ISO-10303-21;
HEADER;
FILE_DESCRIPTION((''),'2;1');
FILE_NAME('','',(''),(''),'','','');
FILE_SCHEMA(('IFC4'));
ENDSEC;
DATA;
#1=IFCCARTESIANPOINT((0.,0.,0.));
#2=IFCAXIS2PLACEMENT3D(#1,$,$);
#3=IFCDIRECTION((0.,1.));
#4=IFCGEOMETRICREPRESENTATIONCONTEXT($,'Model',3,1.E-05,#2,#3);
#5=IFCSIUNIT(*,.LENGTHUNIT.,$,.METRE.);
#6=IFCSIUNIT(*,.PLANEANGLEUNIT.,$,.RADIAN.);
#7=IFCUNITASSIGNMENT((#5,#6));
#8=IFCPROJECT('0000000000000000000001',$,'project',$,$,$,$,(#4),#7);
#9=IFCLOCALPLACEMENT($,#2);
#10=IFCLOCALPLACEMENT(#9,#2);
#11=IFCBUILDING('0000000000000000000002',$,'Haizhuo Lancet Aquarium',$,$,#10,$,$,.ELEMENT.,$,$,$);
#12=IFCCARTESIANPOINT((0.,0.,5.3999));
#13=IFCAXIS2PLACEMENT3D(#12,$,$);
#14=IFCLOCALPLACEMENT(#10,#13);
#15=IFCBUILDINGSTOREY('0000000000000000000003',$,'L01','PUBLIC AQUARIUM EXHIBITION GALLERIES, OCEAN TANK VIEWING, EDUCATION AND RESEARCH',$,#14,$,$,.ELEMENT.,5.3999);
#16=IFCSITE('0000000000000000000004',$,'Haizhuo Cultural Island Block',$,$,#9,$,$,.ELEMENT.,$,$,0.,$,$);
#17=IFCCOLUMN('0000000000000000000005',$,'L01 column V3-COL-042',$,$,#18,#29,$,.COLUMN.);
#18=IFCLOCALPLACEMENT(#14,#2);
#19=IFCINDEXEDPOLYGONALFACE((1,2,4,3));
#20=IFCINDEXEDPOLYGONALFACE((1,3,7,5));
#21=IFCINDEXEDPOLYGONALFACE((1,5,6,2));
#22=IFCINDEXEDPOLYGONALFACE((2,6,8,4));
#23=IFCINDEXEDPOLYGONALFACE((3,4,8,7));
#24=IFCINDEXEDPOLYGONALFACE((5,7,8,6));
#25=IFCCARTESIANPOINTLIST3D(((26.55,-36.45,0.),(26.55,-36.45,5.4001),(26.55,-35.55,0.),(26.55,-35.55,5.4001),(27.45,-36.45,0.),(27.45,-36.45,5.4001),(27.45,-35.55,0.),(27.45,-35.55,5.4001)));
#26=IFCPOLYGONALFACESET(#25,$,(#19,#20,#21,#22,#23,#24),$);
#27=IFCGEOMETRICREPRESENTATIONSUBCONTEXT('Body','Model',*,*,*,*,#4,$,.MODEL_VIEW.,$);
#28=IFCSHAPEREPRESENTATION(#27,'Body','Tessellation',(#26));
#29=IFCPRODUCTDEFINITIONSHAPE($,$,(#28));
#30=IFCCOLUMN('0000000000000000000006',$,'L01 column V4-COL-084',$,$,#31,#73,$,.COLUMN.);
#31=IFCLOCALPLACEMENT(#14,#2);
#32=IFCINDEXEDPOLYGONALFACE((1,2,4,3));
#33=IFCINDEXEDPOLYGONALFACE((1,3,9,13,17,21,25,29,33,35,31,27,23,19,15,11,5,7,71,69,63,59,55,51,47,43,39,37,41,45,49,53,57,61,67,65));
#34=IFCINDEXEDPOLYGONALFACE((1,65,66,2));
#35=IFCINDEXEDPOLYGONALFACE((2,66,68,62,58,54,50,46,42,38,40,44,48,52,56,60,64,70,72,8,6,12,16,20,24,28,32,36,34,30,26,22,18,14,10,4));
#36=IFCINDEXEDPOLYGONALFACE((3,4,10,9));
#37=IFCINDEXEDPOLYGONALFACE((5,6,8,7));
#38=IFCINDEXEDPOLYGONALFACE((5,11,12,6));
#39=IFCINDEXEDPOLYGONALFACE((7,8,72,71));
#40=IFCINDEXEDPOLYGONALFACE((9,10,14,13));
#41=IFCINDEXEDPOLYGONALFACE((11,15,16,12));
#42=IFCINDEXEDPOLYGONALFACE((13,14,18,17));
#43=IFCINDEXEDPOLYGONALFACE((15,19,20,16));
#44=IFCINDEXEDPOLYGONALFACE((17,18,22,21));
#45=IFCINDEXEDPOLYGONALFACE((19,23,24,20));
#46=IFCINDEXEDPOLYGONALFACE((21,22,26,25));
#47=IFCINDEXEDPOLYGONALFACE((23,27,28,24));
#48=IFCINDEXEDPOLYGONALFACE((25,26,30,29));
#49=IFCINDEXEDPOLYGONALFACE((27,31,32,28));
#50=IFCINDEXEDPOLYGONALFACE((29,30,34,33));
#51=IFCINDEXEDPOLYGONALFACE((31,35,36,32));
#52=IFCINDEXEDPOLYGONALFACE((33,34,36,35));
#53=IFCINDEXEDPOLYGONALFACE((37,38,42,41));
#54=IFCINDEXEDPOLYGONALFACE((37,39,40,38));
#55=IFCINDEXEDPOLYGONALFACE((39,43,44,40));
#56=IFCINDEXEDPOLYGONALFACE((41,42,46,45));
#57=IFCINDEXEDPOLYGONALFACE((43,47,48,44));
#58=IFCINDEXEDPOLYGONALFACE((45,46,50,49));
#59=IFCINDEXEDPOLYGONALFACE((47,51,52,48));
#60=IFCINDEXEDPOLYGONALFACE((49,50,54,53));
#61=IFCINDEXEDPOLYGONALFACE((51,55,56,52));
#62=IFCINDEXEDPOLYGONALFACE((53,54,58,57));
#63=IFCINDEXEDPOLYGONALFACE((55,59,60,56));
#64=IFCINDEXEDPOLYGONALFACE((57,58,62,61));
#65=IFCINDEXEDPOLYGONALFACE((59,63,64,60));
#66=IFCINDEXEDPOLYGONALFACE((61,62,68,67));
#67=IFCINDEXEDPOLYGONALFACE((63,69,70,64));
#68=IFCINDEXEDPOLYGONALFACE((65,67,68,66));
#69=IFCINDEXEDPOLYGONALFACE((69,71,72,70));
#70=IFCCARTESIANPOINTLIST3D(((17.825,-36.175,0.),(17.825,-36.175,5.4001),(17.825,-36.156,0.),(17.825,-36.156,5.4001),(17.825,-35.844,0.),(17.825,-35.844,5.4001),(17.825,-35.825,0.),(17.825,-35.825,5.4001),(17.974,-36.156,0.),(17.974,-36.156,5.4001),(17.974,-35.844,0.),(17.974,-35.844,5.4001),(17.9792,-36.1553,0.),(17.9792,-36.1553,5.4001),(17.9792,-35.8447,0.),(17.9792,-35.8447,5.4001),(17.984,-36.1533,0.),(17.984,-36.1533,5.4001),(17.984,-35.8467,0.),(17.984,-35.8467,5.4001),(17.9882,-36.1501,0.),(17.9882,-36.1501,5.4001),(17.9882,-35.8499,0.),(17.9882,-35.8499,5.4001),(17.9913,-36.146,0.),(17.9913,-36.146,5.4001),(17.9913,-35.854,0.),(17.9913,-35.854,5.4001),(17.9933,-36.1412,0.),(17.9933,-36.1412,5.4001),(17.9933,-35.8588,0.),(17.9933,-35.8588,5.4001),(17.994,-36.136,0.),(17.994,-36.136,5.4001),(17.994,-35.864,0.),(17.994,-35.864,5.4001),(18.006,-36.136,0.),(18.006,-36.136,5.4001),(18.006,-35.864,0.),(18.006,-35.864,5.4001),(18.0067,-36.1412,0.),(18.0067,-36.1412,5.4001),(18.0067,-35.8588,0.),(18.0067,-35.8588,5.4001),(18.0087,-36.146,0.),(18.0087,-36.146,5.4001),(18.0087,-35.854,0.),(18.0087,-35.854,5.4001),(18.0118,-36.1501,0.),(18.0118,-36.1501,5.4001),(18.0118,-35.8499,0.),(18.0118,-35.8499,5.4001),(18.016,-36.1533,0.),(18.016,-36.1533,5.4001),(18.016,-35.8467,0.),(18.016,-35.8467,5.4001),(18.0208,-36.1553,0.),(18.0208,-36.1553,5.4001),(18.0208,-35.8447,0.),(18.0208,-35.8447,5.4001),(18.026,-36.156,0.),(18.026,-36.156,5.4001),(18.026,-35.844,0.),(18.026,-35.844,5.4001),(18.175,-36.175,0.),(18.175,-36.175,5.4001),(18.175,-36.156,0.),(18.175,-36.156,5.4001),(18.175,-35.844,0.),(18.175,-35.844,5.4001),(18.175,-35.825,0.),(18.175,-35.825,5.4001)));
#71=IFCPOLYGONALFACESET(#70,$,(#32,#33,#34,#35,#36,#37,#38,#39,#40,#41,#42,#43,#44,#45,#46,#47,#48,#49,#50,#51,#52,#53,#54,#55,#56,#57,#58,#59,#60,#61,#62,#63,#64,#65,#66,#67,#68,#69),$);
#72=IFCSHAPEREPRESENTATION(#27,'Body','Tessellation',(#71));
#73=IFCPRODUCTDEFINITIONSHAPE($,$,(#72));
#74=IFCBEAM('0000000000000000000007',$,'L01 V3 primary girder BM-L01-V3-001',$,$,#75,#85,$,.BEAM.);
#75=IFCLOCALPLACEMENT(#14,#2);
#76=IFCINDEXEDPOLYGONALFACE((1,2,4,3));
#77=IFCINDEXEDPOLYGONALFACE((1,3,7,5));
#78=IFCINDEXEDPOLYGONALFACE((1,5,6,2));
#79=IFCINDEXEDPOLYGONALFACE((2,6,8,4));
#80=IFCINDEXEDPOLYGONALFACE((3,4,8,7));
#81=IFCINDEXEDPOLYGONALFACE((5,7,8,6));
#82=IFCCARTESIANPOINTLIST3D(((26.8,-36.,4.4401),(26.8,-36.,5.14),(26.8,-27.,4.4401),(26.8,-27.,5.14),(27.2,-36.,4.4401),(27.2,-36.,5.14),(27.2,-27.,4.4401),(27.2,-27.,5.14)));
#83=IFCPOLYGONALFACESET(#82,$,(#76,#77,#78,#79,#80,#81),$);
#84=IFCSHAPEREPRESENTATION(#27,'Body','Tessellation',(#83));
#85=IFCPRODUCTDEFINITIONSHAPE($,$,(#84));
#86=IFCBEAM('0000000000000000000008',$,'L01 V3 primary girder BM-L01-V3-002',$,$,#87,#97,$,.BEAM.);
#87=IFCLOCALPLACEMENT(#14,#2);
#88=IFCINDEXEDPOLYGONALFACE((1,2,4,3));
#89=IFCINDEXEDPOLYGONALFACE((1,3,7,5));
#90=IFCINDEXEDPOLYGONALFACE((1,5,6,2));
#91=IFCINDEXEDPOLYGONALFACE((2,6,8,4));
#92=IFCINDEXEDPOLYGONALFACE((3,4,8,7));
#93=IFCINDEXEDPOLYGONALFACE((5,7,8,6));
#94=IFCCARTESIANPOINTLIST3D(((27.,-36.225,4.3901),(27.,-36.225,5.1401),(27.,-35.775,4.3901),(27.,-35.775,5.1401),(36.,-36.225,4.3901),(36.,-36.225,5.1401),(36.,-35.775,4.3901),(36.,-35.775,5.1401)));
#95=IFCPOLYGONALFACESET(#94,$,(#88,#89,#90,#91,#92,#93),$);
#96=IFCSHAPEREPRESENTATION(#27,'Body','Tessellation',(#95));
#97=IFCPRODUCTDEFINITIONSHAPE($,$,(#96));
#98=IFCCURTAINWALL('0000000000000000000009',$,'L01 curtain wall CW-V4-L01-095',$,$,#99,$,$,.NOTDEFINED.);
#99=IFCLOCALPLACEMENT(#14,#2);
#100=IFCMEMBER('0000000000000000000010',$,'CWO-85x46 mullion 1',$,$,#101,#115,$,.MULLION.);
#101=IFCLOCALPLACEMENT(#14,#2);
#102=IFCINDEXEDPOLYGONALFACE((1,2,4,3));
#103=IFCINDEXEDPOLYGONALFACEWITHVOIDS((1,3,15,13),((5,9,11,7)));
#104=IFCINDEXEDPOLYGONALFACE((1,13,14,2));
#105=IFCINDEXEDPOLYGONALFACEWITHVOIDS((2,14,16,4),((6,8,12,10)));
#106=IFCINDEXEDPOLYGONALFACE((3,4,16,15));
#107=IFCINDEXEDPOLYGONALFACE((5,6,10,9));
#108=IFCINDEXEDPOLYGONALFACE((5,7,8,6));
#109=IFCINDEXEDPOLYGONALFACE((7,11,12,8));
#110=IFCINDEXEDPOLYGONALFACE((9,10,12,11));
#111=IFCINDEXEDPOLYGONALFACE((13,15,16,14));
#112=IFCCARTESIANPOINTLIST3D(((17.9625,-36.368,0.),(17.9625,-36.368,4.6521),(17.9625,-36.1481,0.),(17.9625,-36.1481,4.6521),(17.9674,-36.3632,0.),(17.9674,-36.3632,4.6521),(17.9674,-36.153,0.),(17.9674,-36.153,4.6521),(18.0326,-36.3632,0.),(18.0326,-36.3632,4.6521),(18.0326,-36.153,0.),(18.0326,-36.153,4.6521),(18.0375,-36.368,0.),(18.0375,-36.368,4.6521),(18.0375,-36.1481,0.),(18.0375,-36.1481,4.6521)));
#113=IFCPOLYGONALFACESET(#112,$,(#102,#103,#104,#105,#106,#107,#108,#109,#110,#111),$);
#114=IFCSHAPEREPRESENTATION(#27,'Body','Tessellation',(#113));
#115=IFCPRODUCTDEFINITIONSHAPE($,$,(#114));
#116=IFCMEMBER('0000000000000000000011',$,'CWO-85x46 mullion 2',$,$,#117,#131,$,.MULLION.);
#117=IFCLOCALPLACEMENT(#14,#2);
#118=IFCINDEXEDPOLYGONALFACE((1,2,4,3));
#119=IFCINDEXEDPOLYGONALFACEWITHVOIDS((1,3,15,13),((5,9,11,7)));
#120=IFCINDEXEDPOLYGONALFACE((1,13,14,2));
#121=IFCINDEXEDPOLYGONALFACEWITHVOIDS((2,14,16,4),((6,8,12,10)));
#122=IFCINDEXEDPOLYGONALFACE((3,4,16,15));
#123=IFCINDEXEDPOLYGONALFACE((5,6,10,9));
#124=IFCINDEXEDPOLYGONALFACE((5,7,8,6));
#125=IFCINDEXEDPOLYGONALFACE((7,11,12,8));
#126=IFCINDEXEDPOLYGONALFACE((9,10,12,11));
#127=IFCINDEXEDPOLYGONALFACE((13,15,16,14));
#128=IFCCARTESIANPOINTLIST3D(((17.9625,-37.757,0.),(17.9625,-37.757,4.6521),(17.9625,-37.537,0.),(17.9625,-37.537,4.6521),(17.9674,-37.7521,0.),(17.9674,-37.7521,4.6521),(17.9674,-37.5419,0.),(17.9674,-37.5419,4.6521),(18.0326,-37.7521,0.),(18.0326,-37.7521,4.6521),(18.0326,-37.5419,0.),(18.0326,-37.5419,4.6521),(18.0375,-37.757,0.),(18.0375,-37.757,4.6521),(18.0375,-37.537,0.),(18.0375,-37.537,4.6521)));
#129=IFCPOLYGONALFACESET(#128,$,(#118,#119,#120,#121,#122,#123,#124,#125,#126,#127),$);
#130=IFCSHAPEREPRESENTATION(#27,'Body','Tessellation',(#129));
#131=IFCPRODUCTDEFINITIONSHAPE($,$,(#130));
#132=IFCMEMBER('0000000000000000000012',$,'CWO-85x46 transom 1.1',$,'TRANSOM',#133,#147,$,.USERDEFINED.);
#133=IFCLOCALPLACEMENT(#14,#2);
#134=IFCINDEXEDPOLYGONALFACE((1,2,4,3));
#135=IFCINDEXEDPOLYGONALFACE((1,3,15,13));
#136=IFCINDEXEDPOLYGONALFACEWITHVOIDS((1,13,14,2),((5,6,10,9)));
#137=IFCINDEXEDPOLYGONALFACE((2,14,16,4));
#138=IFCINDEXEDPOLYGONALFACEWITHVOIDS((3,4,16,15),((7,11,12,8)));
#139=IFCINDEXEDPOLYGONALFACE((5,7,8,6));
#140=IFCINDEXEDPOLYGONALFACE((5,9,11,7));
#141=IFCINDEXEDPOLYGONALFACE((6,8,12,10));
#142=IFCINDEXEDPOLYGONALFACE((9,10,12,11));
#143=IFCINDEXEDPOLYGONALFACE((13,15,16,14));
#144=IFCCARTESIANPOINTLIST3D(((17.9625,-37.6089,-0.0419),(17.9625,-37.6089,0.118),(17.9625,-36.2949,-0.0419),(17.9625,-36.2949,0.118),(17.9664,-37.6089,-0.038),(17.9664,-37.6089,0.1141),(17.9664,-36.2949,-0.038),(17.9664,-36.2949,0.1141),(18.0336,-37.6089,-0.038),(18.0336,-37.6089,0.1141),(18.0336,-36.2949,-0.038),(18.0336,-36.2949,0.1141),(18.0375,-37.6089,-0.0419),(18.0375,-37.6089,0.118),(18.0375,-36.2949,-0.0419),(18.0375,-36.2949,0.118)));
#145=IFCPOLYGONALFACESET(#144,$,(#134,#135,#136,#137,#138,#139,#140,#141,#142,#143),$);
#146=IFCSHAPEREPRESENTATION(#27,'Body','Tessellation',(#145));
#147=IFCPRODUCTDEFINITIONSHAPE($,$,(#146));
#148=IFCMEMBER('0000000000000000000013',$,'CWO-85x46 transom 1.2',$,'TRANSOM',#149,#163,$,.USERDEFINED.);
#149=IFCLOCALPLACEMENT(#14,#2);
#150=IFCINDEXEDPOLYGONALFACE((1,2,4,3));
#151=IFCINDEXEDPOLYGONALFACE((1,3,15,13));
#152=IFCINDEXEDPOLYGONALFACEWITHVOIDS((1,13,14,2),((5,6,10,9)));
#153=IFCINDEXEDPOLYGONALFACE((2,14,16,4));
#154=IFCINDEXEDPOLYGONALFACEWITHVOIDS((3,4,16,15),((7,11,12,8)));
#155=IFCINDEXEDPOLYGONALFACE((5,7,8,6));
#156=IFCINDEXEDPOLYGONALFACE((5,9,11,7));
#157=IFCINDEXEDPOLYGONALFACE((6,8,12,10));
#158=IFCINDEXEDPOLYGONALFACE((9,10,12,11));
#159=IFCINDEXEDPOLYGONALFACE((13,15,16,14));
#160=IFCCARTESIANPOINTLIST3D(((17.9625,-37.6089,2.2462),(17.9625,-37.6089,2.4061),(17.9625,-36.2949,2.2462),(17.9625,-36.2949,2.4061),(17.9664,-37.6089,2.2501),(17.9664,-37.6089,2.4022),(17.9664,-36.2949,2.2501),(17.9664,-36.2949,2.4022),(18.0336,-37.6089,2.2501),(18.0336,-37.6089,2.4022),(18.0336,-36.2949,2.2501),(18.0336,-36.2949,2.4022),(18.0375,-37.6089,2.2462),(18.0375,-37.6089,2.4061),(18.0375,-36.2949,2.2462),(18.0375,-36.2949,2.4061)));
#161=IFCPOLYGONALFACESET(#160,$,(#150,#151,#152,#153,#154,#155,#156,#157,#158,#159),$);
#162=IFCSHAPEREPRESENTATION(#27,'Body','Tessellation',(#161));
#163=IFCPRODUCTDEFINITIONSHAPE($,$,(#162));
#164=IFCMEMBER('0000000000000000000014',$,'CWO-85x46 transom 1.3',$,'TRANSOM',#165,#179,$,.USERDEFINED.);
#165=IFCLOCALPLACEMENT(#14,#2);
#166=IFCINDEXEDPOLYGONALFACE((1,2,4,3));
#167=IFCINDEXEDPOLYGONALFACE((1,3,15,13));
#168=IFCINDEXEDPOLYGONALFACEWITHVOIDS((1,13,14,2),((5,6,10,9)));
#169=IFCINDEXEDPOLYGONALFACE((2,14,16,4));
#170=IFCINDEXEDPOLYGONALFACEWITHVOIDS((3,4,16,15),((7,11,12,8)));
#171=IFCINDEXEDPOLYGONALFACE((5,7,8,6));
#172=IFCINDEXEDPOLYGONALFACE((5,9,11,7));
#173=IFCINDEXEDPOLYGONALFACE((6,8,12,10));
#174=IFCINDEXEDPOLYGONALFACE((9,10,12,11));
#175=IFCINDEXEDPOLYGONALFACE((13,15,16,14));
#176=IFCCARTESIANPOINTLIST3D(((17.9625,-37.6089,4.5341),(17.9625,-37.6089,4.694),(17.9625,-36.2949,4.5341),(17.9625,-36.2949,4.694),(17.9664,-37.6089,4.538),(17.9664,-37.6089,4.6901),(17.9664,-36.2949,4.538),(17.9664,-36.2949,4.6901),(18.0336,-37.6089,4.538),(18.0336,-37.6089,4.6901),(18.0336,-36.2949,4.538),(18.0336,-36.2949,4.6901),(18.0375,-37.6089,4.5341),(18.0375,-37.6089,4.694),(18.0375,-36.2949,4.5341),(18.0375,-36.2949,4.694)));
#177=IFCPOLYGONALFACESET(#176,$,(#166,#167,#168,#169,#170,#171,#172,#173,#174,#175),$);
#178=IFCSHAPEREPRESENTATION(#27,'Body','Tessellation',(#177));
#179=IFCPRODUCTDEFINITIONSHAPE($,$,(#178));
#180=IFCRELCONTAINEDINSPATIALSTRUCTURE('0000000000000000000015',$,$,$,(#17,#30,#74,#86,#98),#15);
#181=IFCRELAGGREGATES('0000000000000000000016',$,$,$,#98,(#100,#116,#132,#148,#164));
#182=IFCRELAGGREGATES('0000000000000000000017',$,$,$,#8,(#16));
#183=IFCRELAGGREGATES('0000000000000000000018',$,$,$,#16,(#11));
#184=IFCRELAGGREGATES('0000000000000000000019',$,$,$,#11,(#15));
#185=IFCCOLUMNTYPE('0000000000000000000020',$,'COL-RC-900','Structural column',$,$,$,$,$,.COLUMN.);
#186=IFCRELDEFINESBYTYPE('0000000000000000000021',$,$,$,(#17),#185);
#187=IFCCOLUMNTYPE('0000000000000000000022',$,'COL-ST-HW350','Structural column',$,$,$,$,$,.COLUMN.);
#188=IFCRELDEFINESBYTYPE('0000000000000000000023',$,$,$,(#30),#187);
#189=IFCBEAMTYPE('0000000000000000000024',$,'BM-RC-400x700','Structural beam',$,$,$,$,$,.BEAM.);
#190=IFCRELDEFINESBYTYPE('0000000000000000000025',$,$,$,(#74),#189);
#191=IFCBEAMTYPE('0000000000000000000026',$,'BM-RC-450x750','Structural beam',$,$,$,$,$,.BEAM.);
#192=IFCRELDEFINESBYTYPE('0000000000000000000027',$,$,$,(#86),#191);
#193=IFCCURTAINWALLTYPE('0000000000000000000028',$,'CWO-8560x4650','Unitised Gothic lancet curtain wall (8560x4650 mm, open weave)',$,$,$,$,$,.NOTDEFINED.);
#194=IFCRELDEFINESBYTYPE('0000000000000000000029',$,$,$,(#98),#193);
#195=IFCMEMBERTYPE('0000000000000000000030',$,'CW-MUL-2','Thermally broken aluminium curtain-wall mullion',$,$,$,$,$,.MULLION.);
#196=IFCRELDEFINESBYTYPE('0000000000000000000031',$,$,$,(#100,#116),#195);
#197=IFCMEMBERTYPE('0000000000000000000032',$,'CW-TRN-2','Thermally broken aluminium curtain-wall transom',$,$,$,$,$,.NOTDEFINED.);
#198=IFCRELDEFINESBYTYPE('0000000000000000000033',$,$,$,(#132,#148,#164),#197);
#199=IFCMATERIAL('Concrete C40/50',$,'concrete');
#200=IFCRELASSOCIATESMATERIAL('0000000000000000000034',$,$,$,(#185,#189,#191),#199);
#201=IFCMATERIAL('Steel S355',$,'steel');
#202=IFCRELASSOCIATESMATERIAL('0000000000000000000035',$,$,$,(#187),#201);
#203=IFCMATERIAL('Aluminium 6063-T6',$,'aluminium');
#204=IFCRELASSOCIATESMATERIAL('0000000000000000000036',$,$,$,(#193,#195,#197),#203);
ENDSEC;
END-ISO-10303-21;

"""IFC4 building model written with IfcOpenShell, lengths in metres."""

from ifc_helpers import new_model, si_unit, direction, frame, origin, origin_2d, place, context, subcontext, project, spatial, rectangle, hollow_rectangle, i_section, extrude, material, material_profile, profile_set, type_object, element, aggregate, save


model = new_model("IFC4")

# Units and contexts
model_context = context("Model", 3, precision=1e-05, world=origin(), true_north=direction((0.0, 1.0)))
body_context = subcontext(model_context, "Body", "Model", "MODEL_VIEW")
ifc_project = project(units=[si_unit("LENGTHUNIT", "METRE"), si_unit("PLANEANGLEUNIT", "RADIAN")], contexts=[model_context])

# Site, building, storey
site_placement = place(None, origin())
site = spatial("IfcSite", under=ifc_project, at=site_placement, Name="Haizhuo Cultural Island Block", CompositionType="ELEMENT", RefElevation=0.0)
building_placement = place(site_placement, origin())
building = spatial("IfcBuilding", under=site, at=building_placement, Name="Haizhuo Lancet Aquarium", CompositionType="ELEMENT")
storey_placement = place(building_placement, frame((0.0, 0.0, 5.3999)))
storey = spatial("IfcBuildingStorey", under=building, at=storey_placement, Name="L01", Description="PUBLIC AQUARIUM EXHIBITION GALLERIES, OCEAN TANK VIEWING, EDUCATION AND RESEARCH", CompositionType="ELEMENT", Elevation=5.3999)

# Columns
ifc_material_1 = material(Name="Concrete C40/50", Category="concrete")
ifc_material_profile_1 = material_profile(ifc_material_1, rectangle(XDim=0.8999, YDim=0.8999, at=origin_2d()), Name="RC-COL 900x900")
ifc_profile_set_1 = profile_set([ifc_material_profile_1], Name="Concrete C40/50")
column_type_1 = type_object("IfcColumnType", Name="COL-RC-900", Description="Structural column", PredefinedType="COLUMN", material=ifc_profile_set_1)
column_1_placement = place(storey_placement, frame((27.0, -36.0, 0.0), z_axis=(0.0, 0.0, 1.0), x_axis=(1.0, 0.0, 0.0)))
element("IfcColumn", 1, at=column_1_placement, inside=storey, type_object=column_type_1, Name="L01 column V3-COL-042", PredefinedType="COLUMN", context=body_context, shape_type="SweptSolid", body=[
    extrude(rectangle(XDim=0.8999, YDim=0.8999, at=origin_2d()), origin(), (0.0, 0.0, 1.0), 5.4001),
])
ifc_material_2 = material(Name="Steel S355", Category="steel")
ifc_material_profile_2 = material_profile(ifc_material_2, i_section(OverallWidth=0.3501, OverallDepth=0.3501, WebThickness=0.012, FlangeThickness=0.019, FilletRadius=0.02, at=origin_2d()), Name="HW 350x350x12x19")
ifc_profile_set_2 = profile_set([ifc_material_profile_2], Name="Steel S355")
column_type_2 = type_object("IfcColumnType", Name="COL-ST-HW350", Description="Structural column", PredefinedType="COLUMN", material=ifc_profile_set_2)
column_2_placement = place(storey_placement, frame((18.0, -36.0, 0.0), z_axis=(0.0, 0.0, 1.0), x_axis=(1.0, 0.0, 0.0)))
element("IfcColumn", 2, at=column_2_placement, inside=storey, type_object=column_type_2, Name="L01 column V4-COL-084", PredefinedType="COLUMN", context=body_context, shape_type="SweptSolid", body=[
    extrude(i_section(OverallWidth=0.3501, OverallDepth=0.3501, WebThickness=0.012, FlangeThickness=0.019, FilletRadius=0.02, at=origin_2d()), origin(), (0.0, 0.0, 1.0), 5.4001),
])

# Beams
ifc_material_profile_3 = material_profile(ifc_material_1, rectangle(XDim=0.3999, YDim=0.7, at=origin_2d()), Name="RC-BM 400x700")
ifc_profile_set_3 = profile_set([ifc_material_profile_3], Name="Concrete C40/50")
beam_type_1 = type_object("IfcBeamType", Name="BM-RC-400x700", Description="Structural beam", PredefinedType="BEAM", material=ifc_profile_set_3)
beam_1_placement = place(storey_placement, frame((27.0, -36.0, 4.79), z_axis=(0.0, 1.0, 0.0), x_axis=(-1.0, 0.0, 0.0)))
element("IfcBeam", 3, at=beam_1_placement, inside=storey, type_object=beam_type_1, Name="L01 V3 primary girder BM-L01-V3-001", PredefinedType="BEAM", context=body_context, shape_type="SweptSolid", body=[
    extrude(rectangle(XDim=0.3999, YDim=0.7, at=origin_2d()), origin(), (0.0, 0.0, 1.0), 9.0),
])
ifc_material_profile_4 = material_profile(ifc_material_1, rectangle(XDim=0.45, YDim=0.75, at=origin_2d()), Name="RC-BM 450x750")
ifc_profile_set_4 = profile_set([ifc_material_profile_4], Name="Concrete C40/50")
beam_type_2 = type_object("IfcBeamType", Name="BM-RC-450x750", Description="Structural beam", PredefinedType="BEAM", material=ifc_profile_set_4)
beam_2_placement = place(storey_placement, frame((27.0, -36.0, 4.7651), z_axis=(1.0, 0.0, 0.0), x_axis=(0.0, 1.0, 0.0)))
element("IfcBeam", 4, at=beam_2_placement, inside=storey, type_object=beam_type_2, Name="L01 V3 primary girder BM-L01-V3-002", PredefinedType="BEAM", context=body_context, shape_type="SweptSolid", body=[
    extrude(rectangle(XDim=0.45, YDim=0.75, at=origin_2d()), origin(), (0.0, 0.0, 1.0), 9.0),
])

# Curtain wall, members
ifc_material_3 = material(Name="Aluminium 6063-T6", Category="aluminium")
curtain_wall_type = type_object("IfcCurtainWallType", Name="CWO-8560x4650", Description="Unitised Gothic lancet curtain wall (8560x4650 mm, open weave)", PredefinedType="NOTDEFINED", material=ifc_material_3)
curtain_wall_placement = place(storey_placement, origin())
curtain_wall = element("IfcCurtainWall", 5, at=curtain_wall_placement, inside=storey, type_object=curtain_wall_type, Name="L01 curtain wall CW-V4-L01-095", PredefinedType="NOTDEFINED")
ifc_material_profile_5 = material_profile(ifc_material_3, hollow_rectangle(XDim=0.075, YDim=0.22, WallThickness=0.0049, at=origin_2d()), Name="ALU-M 75x220x5")
ifc_profile_set_5 = profile_set([ifc_material_profile_5], Name="Aluminium 6063-T6")
member_type_1 = type_object("IfcMemberType", Name="CW-MUL-2", Description="Thermally broken aluminium curtain-wall mullion", PredefinedType="MULLION", material=ifc_profile_set_5)
member_1_placement = place(storey_placement, frame((18.0, -36.2581, 0.0), z_axis=(0.0, 0.0, 1.0), x_axis=(1.0, 0.0, 0.0)))
member_1 = element("IfcMember", 6, at=member_1_placement, type_object=member_type_1, Name="CWO-85x46 mullion 1", PredefinedType="MULLION", context=body_context, shape_type="SweptSolid", body=[
    extrude(hollow_rectangle(XDim=0.075, YDim=0.22, WallThickness=0.0049, at=origin_2d()), origin(), (0.0, 0.0, 1.0), 4.6521),
])
member_2_placement = place(storey_placement, frame((18.0, -37.647, 0.0), z_axis=(0.0, 0.0, 1.0), x_axis=(1.0, 0.0, 0.0)))
member_2 = element("IfcMember", 7, at=member_2_placement, type_object=member_type_1, Name="CWO-85x46 mullion 2", PredefinedType="MULLION", context=body_context, shape_type="SweptSolid", body=[
    extrude(hollow_rectangle(XDim=0.075, YDim=0.22, WallThickness=0.0049, at=origin_2d()), origin(), (0.0, 0.0, 1.0), 4.6521),
])
ifc_material_profile_6 = material_profile(ifc_material_3, hollow_rectangle(XDim=0.075, YDim=0.1599, WallThickness=0.0039, at=origin_2d()), Name="ALU-T 75x160x4")
ifc_profile_set_6 = profile_set([ifc_material_profile_6], Name="Aluminium 6063-T6")
member_type_2 = type_object("IfcMemberType", Name="CW-TRN-2", Description="Thermally broken aluminium curtain-wall transom", PredefinedType="NOTDEFINED", material=ifc_profile_set_6)
member_3_placement = place(storey_placement, frame((18.0, -36.2949, 0.0381), z_axis=(0.0, -1.0, 0.0), x_axis=(1.0, 0.0, 0.0)))
member_3 = element("IfcMember", 8, at=member_3_placement, type_object=member_type_2, Name="CWO-85x46 transom 1.1", ObjectType="TRANSOM", PredefinedType="USERDEFINED", context=body_context, shape_type="SweptSolid", body=[
    extrude(hollow_rectangle(XDim=0.075, YDim=0.1599, WallThickness=0.0039, at=origin_2d()), origin(), (0.0, 0.0, 1.0), 1.314),
])
member_4_placement = place(storey_placement, frame((18.0, -36.2949, 2.3262), z_axis=(0.0, -1.0, 0.0), x_axis=(1.0, 0.0, 0.0)))
member_4 = element("IfcMember", 9, at=member_4_placement, type_object=member_type_2, Name="CWO-85x46 transom 1.2", ObjectType="TRANSOM", PredefinedType="USERDEFINED", context=body_context, shape_type="SweptSolid", body=[
    extrude(hollow_rectangle(XDim=0.075, YDim=0.1599, WallThickness=0.0039, at=origin_2d()), origin(), (0.0, 0.0, 1.0), 1.314),
])
member_5_placement = place(storey_placement, frame((18.0, -36.2949, 4.614), z_axis=(0.0, -1.0, 0.0), x_axis=(1.0, 0.0, 0.0)))
member_5 = element("IfcMember", 10, at=member_5_placement, type_object=member_type_2, Name="CWO-85x46 transom 1.3", ObjectType="TRANSOM", PredefinedType="USERDEFINED", context=body_context, shape_type="SweptSolid", body=[
    extrude(hollow_rectangle(XDim=0.075, YDim=0.1599, WallThickness=0.0039, at=origin_2d()), origin(), (0.0, 0.0, 1.0), 1.314),
])

aggregate(curtain_wall, [member_1, member_2, member_3, member_4, member_5])

save(model, "model.ifc")
